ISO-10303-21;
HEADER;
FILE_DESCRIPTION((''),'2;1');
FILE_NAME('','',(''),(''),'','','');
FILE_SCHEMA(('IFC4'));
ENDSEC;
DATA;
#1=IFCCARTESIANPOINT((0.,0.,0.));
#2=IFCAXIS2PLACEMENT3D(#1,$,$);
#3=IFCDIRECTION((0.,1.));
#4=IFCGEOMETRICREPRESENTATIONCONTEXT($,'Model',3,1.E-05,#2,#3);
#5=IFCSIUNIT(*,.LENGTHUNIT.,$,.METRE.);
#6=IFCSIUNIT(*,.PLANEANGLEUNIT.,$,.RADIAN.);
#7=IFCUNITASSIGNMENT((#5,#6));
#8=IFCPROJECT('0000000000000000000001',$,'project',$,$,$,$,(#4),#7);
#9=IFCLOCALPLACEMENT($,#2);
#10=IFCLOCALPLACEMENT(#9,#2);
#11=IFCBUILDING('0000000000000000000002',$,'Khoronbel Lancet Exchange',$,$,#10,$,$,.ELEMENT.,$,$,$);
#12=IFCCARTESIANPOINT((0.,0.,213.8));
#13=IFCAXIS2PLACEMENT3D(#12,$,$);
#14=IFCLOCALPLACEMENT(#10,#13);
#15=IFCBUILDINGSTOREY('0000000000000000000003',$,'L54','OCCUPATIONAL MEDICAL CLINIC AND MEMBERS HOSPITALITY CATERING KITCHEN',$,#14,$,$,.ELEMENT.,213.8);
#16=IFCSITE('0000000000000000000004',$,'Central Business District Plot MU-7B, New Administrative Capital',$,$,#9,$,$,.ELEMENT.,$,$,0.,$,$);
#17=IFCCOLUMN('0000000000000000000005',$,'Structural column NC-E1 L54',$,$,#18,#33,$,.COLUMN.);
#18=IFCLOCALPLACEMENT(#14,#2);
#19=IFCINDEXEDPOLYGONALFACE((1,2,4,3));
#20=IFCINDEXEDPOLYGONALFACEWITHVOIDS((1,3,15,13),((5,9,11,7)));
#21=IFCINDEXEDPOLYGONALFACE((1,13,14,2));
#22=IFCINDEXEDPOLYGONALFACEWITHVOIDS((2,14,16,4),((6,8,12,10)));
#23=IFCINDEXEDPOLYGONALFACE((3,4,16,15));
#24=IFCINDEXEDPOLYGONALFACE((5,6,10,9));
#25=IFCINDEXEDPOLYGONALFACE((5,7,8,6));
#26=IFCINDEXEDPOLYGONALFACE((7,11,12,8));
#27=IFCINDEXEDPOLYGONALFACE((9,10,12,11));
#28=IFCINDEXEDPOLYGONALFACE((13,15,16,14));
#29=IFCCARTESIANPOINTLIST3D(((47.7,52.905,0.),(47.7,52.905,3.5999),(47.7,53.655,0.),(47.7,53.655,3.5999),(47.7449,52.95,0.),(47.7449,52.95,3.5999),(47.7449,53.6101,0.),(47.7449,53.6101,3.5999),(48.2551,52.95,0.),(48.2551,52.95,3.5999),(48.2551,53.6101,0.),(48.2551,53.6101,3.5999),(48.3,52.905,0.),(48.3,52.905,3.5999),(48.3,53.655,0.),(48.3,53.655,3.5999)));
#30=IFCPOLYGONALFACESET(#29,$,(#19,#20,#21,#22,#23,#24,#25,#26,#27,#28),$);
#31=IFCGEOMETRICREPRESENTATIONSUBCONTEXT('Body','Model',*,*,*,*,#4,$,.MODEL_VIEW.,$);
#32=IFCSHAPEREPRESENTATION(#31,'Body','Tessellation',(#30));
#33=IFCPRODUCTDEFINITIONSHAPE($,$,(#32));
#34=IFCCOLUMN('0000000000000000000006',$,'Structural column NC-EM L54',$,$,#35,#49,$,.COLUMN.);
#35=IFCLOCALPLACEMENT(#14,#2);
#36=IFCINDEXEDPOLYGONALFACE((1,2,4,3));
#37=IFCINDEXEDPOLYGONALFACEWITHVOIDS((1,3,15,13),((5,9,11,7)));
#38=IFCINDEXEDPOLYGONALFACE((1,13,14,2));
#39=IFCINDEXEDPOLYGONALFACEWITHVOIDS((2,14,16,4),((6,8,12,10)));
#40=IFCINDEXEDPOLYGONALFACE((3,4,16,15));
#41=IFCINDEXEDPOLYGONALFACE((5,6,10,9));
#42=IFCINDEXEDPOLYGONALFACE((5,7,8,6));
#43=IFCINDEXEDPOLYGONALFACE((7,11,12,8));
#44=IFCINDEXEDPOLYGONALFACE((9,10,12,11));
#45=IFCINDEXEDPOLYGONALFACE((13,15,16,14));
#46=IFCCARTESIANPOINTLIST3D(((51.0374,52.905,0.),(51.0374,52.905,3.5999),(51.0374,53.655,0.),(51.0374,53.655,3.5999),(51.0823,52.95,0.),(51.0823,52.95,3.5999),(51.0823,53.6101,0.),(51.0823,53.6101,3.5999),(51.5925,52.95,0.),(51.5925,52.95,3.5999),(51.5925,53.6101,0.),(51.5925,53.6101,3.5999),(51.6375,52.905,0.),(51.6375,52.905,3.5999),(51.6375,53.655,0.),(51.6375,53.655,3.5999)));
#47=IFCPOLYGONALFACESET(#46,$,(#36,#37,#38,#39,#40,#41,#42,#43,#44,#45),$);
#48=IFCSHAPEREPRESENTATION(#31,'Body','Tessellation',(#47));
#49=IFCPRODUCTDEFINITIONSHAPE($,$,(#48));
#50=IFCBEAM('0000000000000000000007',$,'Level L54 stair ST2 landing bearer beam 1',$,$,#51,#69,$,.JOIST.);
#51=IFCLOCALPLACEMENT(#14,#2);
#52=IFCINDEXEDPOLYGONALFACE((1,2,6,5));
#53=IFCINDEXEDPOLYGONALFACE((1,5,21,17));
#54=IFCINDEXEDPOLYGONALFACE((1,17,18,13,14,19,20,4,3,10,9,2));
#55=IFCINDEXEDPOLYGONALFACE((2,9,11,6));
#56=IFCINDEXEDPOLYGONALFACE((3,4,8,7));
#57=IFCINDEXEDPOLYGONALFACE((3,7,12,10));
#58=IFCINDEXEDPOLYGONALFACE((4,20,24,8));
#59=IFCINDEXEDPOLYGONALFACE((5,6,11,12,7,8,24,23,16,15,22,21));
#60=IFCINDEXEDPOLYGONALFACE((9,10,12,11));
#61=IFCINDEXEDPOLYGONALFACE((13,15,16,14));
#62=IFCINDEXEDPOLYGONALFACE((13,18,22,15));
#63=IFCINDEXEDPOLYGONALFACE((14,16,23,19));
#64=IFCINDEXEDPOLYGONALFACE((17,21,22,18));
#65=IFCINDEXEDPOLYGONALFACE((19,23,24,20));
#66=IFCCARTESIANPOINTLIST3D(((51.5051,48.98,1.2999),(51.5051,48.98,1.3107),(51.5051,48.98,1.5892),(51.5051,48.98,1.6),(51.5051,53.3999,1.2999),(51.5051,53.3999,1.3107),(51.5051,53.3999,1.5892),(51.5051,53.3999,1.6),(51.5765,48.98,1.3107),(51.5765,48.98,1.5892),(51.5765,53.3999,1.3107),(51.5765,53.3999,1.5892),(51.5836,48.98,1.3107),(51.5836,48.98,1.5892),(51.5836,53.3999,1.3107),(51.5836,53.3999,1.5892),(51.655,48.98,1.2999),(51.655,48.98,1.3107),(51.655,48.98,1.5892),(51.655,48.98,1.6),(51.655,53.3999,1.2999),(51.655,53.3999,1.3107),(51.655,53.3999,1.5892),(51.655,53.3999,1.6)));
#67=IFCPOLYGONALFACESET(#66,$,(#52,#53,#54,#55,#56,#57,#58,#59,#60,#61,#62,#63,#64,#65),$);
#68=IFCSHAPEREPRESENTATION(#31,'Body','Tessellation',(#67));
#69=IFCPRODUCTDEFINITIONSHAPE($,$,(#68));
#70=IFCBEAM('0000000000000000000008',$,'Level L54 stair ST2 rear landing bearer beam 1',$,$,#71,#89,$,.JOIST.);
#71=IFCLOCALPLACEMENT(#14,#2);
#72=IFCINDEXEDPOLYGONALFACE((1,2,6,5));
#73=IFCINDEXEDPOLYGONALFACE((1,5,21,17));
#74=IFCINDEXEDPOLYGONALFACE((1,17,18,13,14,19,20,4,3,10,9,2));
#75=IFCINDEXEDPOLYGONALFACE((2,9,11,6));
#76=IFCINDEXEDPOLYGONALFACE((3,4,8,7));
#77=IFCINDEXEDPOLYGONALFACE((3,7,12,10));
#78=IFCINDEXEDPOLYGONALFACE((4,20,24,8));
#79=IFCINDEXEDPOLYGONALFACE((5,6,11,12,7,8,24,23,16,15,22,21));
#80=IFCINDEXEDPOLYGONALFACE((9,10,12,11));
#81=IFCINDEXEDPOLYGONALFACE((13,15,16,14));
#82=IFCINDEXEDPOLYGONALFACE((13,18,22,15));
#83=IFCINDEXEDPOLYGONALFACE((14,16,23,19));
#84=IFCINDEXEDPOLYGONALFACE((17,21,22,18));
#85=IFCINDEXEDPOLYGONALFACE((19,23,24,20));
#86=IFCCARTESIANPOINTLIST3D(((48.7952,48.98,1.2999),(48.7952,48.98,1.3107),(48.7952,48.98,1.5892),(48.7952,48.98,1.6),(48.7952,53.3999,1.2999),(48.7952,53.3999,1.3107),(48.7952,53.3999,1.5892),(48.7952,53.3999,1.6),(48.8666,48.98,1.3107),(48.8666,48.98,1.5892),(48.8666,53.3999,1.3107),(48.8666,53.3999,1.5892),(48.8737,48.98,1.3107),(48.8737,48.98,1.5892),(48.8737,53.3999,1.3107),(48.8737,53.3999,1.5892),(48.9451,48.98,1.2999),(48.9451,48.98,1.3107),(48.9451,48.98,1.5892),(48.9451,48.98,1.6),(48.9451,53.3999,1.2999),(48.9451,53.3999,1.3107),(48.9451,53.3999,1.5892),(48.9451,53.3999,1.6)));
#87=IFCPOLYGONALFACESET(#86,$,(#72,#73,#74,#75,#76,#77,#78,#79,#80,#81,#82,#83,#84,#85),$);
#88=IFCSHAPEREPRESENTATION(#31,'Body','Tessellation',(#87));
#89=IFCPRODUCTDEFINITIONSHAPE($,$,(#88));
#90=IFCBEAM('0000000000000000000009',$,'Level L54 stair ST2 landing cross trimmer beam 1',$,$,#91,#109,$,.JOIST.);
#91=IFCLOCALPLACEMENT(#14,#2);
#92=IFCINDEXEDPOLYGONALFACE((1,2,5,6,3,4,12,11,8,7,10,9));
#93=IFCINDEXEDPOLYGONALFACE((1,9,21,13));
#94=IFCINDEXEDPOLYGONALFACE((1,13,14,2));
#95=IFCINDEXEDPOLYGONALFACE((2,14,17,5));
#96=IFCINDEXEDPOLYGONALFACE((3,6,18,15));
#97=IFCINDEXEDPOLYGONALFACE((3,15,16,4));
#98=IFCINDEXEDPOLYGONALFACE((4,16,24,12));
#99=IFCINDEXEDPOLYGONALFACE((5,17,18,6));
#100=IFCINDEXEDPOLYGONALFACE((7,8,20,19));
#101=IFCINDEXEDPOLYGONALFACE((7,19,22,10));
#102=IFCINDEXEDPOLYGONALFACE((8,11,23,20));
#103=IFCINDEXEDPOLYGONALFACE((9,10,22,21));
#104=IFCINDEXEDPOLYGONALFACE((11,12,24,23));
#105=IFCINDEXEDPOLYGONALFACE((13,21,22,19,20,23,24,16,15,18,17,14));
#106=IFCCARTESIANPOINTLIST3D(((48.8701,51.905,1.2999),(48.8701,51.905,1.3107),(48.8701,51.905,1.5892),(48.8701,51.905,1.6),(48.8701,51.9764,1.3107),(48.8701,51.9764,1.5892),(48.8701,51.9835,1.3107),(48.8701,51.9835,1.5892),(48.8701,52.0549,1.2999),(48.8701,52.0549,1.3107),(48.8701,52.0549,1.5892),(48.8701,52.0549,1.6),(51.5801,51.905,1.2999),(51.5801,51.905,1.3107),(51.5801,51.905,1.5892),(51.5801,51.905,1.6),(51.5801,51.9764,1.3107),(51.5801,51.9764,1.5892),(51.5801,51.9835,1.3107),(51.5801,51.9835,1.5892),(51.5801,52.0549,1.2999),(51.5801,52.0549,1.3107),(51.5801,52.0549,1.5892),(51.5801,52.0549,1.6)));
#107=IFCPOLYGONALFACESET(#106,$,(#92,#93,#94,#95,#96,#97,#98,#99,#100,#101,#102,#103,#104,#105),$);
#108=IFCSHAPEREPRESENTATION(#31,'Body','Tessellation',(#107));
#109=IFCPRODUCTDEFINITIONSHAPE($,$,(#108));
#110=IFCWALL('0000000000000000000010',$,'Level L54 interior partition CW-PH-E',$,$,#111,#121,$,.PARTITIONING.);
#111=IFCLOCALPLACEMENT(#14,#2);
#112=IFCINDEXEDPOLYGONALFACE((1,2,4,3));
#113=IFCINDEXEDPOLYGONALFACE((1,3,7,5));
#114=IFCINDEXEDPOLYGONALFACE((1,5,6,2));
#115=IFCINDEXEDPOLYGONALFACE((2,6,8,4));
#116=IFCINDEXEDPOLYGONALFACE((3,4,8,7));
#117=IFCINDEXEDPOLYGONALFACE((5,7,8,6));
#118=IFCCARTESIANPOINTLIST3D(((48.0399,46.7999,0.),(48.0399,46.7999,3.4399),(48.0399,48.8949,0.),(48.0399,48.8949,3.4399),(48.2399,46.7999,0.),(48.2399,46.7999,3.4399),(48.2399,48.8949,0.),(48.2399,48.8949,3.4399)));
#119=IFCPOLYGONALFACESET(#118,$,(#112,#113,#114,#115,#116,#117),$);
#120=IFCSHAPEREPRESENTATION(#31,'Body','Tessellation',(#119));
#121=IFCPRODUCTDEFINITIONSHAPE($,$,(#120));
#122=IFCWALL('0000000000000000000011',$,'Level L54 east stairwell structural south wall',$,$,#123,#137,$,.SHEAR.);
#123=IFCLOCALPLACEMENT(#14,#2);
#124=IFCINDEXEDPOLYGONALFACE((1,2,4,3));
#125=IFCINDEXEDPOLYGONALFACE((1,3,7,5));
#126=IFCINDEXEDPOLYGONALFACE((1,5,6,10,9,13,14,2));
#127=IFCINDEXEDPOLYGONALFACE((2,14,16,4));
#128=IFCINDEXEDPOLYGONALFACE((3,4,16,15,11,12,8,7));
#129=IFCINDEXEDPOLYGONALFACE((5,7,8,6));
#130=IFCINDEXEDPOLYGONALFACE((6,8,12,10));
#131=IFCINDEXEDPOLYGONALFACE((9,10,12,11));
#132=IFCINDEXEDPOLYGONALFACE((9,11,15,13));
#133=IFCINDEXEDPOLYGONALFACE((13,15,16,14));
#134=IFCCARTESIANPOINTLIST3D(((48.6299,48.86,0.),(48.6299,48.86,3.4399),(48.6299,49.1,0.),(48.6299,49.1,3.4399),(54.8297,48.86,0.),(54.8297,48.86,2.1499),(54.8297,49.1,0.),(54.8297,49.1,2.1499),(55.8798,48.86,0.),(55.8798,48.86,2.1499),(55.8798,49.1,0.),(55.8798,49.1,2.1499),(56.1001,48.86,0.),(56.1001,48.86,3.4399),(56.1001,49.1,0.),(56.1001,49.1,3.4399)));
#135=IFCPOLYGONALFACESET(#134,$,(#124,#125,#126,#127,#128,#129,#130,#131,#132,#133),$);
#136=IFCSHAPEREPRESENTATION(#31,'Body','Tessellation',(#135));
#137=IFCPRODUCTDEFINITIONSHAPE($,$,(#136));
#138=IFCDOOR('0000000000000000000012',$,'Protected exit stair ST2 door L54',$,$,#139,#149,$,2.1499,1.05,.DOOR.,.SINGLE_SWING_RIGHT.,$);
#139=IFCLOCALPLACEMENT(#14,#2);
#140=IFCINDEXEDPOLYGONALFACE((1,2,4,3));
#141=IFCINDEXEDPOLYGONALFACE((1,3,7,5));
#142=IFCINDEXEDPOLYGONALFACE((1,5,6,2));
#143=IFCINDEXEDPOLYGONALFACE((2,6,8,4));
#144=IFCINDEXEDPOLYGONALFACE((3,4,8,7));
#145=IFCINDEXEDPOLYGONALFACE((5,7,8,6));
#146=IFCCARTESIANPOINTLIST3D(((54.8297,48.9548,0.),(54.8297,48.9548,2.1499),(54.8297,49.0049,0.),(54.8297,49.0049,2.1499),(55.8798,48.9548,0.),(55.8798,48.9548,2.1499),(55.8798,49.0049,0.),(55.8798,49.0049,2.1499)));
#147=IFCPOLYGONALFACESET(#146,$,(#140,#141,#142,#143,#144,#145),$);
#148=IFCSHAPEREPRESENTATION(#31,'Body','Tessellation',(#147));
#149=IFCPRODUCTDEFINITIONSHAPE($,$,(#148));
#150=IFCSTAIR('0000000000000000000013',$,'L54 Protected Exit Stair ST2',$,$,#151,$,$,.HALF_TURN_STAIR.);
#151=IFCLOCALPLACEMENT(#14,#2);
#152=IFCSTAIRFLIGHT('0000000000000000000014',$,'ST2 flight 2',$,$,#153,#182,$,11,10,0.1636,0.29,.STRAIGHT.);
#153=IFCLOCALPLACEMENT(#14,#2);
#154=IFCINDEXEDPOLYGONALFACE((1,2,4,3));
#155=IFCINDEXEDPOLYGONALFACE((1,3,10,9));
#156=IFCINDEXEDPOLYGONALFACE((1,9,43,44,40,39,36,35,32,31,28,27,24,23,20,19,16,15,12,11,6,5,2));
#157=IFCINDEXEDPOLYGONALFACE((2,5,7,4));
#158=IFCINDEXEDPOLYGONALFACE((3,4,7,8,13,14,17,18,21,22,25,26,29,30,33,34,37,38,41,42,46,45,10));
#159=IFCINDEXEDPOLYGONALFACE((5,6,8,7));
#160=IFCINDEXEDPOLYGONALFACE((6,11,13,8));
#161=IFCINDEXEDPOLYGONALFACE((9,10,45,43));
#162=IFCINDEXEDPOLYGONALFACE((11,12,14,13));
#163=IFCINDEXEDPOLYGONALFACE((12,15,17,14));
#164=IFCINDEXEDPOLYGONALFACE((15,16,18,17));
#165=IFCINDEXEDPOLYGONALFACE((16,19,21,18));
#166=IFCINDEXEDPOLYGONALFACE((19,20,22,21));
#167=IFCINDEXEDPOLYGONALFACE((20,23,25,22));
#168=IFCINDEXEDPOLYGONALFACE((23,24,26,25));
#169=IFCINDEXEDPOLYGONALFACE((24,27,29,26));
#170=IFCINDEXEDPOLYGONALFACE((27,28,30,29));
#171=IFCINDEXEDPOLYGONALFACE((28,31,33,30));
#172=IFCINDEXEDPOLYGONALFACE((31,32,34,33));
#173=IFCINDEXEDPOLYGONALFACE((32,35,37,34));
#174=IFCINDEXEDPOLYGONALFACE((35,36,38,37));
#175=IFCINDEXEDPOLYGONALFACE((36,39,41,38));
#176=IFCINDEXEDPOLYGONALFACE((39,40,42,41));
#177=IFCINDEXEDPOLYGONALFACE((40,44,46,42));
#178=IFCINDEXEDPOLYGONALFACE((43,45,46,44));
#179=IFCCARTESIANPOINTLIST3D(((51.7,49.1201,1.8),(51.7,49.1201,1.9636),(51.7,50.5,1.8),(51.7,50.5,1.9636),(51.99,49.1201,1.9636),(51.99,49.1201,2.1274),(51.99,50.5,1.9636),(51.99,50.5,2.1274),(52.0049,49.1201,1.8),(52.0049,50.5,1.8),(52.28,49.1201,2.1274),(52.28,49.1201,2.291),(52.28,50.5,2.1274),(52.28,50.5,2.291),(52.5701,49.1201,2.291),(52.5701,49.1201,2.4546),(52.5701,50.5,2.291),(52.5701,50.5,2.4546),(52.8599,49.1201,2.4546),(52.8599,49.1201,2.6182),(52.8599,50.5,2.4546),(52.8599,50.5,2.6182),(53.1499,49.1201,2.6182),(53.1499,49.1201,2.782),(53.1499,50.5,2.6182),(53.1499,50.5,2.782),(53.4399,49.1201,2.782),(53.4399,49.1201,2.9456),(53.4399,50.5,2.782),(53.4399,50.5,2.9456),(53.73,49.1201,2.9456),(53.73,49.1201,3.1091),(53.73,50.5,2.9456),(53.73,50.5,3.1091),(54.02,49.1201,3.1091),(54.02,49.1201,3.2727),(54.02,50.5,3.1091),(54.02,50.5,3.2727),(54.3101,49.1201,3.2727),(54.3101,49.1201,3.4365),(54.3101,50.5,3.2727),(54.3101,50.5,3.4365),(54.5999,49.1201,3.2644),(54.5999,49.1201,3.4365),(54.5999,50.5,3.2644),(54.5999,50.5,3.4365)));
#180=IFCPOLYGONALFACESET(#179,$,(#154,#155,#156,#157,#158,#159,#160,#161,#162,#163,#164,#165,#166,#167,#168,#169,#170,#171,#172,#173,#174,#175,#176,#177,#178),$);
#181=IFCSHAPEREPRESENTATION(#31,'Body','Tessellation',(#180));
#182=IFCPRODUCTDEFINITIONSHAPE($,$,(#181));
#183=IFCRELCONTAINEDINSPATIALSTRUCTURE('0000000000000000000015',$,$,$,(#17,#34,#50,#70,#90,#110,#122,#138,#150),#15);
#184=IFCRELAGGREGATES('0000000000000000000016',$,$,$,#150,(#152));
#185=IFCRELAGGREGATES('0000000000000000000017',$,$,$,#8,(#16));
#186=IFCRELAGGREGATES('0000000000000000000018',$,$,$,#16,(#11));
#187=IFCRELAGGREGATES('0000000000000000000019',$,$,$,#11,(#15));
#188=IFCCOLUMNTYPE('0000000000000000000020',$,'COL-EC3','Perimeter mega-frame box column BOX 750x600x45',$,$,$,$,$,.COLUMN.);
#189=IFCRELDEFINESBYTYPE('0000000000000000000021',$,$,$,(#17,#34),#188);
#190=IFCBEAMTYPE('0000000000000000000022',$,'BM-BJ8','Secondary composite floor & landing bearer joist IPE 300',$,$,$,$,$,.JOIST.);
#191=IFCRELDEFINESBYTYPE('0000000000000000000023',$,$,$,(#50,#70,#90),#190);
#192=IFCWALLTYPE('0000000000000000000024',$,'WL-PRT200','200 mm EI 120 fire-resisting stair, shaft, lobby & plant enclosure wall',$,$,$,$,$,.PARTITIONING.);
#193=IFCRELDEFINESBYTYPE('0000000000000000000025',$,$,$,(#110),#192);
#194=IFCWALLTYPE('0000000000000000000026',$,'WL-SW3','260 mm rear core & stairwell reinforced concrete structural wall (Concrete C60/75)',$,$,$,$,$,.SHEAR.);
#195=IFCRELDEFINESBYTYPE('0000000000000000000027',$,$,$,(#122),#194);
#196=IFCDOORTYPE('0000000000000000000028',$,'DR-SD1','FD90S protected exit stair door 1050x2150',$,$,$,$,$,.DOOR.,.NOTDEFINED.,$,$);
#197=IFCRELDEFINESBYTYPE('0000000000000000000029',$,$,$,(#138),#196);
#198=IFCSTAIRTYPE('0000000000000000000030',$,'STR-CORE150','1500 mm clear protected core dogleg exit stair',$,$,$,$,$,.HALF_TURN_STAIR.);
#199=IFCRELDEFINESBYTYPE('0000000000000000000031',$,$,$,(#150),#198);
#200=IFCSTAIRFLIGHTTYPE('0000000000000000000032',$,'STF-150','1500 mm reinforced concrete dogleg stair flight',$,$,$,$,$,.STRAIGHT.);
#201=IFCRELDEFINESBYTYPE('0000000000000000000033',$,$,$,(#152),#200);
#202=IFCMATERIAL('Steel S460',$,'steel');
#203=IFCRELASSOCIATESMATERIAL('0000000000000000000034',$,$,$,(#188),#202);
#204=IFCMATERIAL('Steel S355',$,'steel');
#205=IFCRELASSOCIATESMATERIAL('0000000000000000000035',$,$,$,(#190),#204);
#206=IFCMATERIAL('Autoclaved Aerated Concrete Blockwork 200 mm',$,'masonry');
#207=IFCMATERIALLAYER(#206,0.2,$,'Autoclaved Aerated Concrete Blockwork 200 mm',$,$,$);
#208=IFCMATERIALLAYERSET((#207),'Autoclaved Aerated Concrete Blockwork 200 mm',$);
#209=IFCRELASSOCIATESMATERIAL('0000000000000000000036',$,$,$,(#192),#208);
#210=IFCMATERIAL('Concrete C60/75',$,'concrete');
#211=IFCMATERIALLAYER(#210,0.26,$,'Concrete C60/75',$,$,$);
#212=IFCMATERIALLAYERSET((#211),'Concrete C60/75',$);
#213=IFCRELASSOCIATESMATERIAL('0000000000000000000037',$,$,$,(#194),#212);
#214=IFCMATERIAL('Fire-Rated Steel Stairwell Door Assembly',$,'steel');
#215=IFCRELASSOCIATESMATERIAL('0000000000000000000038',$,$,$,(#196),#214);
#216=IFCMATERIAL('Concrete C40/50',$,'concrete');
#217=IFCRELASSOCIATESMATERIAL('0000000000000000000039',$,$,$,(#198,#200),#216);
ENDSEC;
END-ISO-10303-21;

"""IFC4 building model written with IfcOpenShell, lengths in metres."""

from ifc_helpers import new_model, si_unit, direction, frame, frame_2d, origin, origin_2d, place, context, subcontext, project, spatial, polyline, rectangle, hollow_rectangle, i_section, outline, extrude, material, layer, layer_set, material_profile, profile_set, type_object, element, fill, aggregate, save


model = new_model("IFC4")

# Units and contexts
model_context = context("Model", 3, precision=1e-05, world=origin(), true_north=direction((0.0, 1.0)))
body_context = subcontext(model_context, "Body", "Model", "MODEL_VIEW")
ifc_project = project(units=[si_unit("LENGTHUNIT", "METRE"), si_unit("PLANEANGLEUNIT", "RADIAN")], contexts=[model_context])

# Site, building, storey
site_placement = place(None, origin())
site = spatial("IfcSite", under=ifc_project, at=site_placement, Name="Central Business District Plot MU-7B, New Administrative Capital", CompositionType="ELEMENT", RefElevation=0.0)
building_placement = place(site_placement, origin())
building = spatial("IfcBuilding", under=site, at=building_placement, Name="Khoronbel Lancet Exchange", CompositionType="ELEMENT")
storey_placement = place(building_placement, frame((0.0, 0.0, 213.8)))
storey = spatial("IfcBuildingStorey", under=building, at=storey_placement, Name="L54", Description="OCCUPATIONAL MEDICAL CLINIC AND MEMBERS HOSPITALITY CATERING KITCHEN", CompositionType="ELEMENT", Elevation=213.8)

# Columns
ifc_material_1 = material(Name="Steel S460", Category="steel")
ifc_material_profile_1 = material_profile(ifc_material_1, hollow_rectangle(XDim=0.6001, YDim=0.75, WallThickness=0.0449, at=origin_2d()), Name="BOX 750x600x45")
ifc_profile_set_1 = profile_set([ifc_material_profile_1], Name="Steel S460")
column_type = type_object("IfcColumnType", Name="COL-EC3", Description="Perimeter mega-frame box column BOX 750x600x45", PredefinedType="COLUMN", material=ifc_profile_set_1)
for number, where, z_axis, x_axis, name in (
    (1, (48.0, 53.28, 0.0), (0.0, 0.0, 1.0), (1.0, 0.0, 0.0), "Structural column NC-E1 L54"),
    (2, (51.3374, 53.28, 0.0), (0.0, 0.0, 1.0), (1.0, 0.0, 0.0), "Structural column NC-EM L54"),
):
    element("IfcColumn", number, at=place(storey_placement, frame(where, z_axis=z_axis, x_axis=x_axis)), inside=storey, type_object=column_type, Name=name, PredefinedType="COLUMN", context=body_context, shape_type="SweptSolid", body=[
        extrude(hollow_rectangle(XDim=0.6001, YDim=0.75, WallThickness=0.0449, at=origin_2d()), origin(), (0.0, 0.0, 1.0), 3.5999),
    ])

# Beams
ifc_material_2 = material(Name="Steel S355", Category="steel")
ifc_material_profile_2 = material_profile(ifc_material_2, i_section(OverallWidth=0.1499, OverallDepth=0.3, WebThickness=0.0071, FlangeThickness=0.0107, at=origin_2d()), Name="IPE 300")
ifc_profile_set_2 = profile_set([ifc_material_profile_2], Name="Steel S355")
beam_type = type_object("IfcBeamType", Name="BM-BJ8", Description="Secondary composite floor & landing bearer joist IPE 300", PredefinedType="JOIST", material=ifc_profile_set_2)
for number, where, z_axis, x_axis, name in (
    (3, (51.5801, 48.98, 1.45), (0.0, 1.0, 0.0), (-1.0, 0.0, 0.0), "Level L54 stair ST2 landing bearer beam 1"),
    (4, (48.8701, 48.98, 1.45), (0.0, 1.0, 0.0), (-1.0, 0.0, 0.0), "Level L54 stair ST2 rear landing bearer beam 1"),
):
    element("IfcBeam", number, at=place(storey_placement, frame(where, z_axis=z_axis, x_axis=x_axis)), inside=storey, type_object=beam_type, Name=name, PredefinedType="JOIST", context=body_context, shape_type="SweptSolid", body=[
        extrude(i_section(OverallWidth=0.1499, OverallDepth=0.3, WebThickness=0.0071, FlangeThickness=0.0107, at=origin_2d()), origin(), (0.0, 0.0, 1.0), 4.4199),
    ])
beam_placement = place(storey_placement, frame((48.8701, 51.98, 1.45), z_axis=(1.0, 0.0, 0.0), x_axis=(0.0, 1.0, 0.0)))
element("IfcBeam", 5, at=beam_placement, inside=storey, type_object=beam_type, Name="Level L54 stair ST2 landing cross trimmer beam 1", PredefinedType="JOIST", context=body_context, shape_type="SweptSolid", body=[
    extrude(i_section(OverallWidth=0.1499, OverallDepth=0.3, WebThickness=0.0071, FlangeThickness=0.0107, at=origin_2d()), origin(), (0.0, 0.0, 1.0), 2.71),
])

# Wall
ifc_material_3 = material(Name="Autoclaved Aerated Concrete Blockwork 200 mm", Category="masonry")
ifc_layer_1 = layer(ifc_material_3, 0.2, Name="Autoclaved Aerated Concrete Blockwork 200 mm")
ifc_layer_set_1 = layer_set([ifc_layer_1], Name="Autoclaved Aerated Concrete Blockwork 200 mm")
wall_type_1 = type_object("IfcWallType", Name="WL-PRT200", Description="200 mm EI 120 fire-resisting stair, shaft, lobby & plant enclosure wall", PredefinedType="PARTITIONING", material=ifc_layer_set_1)
wall_1_placement = place(storey_placement, frame((48.1399, 46.8, 0.0), z_axis=(0.0, 0.0, 1.0), x_axis=(0.0, 1.0, 0.0)))
element("IfcWall", 6, at=wall_1_placement, inside=storey, type_object=wall_type_1, Name="Level L54 interior partition CW-PH-E", PredefinedType="PARTITIONING", context=body_context, shape_type="SweptSolid", body=[
    extrude(rectangle(XDim=2.095, YDim=0.2, at=frame_2d((1.0474, 0.0))), origin(), (0.0, 0.0, 1.0), 3.4399),
])

# Wall, opening, door
ifc_material_4 = material(Name="Concrete C60/75", Category="concrete")
ifc_layer_2 = layer(ifc_material_4, 0.26, Name="Concrete C60/75")
ifc_layer_set_2 = layer_set([ifc_layer_2], Name="Concrete C60/75")
wall_type_2 = type_object("IfcWallType", Name="WL-SW3", Description="260 mm rear core & stairwell reinforced concrete structural wall (Concrete C60/75)", PredefinedType="SHEAR", material=ifc_layer_set_2)
wall_2_placement = place(storey_placement, frame((48.6299, 48.98, 0.0), z_axis=(0.0, 0.0, 1.0), x_axis=(1.0, 0.0, 0.0)))
wall_2 = element("IfcWall", 7, at=wall_2_placement, inside=storey, type_object=wall_type_2, Name="Level L54 east stairwell structural south wall", PredefinedType="SHEAR", context=body_context, shape_type="SweptSolid", body=[
    extrude(rectangle(XDim=7.4702, YDim=0.24, at=frame_2d((3.7351, 0.0))), origin(), (0.0, 0.0, 1.0), 3.4399),
])
opening_placement = place(wall_2_placement, frame((6.2, 0.0, 0.0)))
opening = element("IfcOpeningElement", 8, at=opening_placement, cuts=wall_2, PredefinedType="OPENING", context=body_context, shape_type="SweptSolid", body=[
    extrude(rectangle(XDim=1.05, YDim=2.1499, at=frame_2d((0.5249, 1.075))), frame((0.0, 0.1299, 0.0), z_axis=(0.0, -1.0, 0.0), x_axis=(1.0, 0.0, 0.0)), (0.0, 0.0, 1.0), 0.26),
])
ifc_material_5 = material(Name="Fire-Rated Steel Stairwell Door Assembly", Category="steel")
door_type = type_object("IfcDoorType", Name="DR-SD1", Description="FD90S protected exit stair door 1050x2150", OperationType="NOTDEFINED", PredefinedType="DOOR", material=ifc_material_5)
door_placement = place(opening_placement, origin())
door = element("IfcDoor", 9, at=door_placement, inside=storey, type_object=door_type, Name="Protected exit stair ST2 door L54", OperationType="SINGLE_SWING_RIGHT", OverallHeight=2.1499, OverallWidth=1.05, PredefinedType="DOOR", context=body_context, shape_type="SweptSolid", body=[
    extrude(rectangle(XDim=1.05, YDim=2.1499, at=frame_2d((0.5249, 1.075))), frame((0.0, 0.0249, 0.0), z_axis=(0.0, -1.0, 0.0), x_axis=(1.0, 0.0, 0.0)), (0.0, 0.0, 1.0), 0.05),
])
fill(opening, door)

# Stair, stair flight
ifc_material_6 = material(Name="Concrete C40/50", Category="concrete")
stair_type = type_object("IfcStairType", Name="STR-CORE150", Description="1500 mm clear protected core dogleg exit stair", PredefinedType="HALF_TURN_STAIR", material=ifc_material_6)
stair_placement = place(storey_placement, origin())
stair = element("IfcStair", 10, at=stair_placement, inside=storey, type_object=stair_type, Name="L54 Protected Exit Stair ST2", PredefinedType="HALF_TURN_STAIR")
stair_flight_type = type_object("IfcStairFlightType", Name="STF-150", Description="1500 mm reinforced concrete dogleg stair flight", PredefinedType="STRAIGHT", material=ifc_material_6)
stair_flight_placement = place(storey_placement, frame((51.7, 49.8101, 1.8), z_axis=(0.0, 0.0, 1.0), x_axis=(1.0, 0.0, 0.0)))
stair_flight = element("IfcStairFlight", 11, at=stair_flight_placement, type_object=stair_flight_type, Name="ST2 flight 2", NumberOfRisers=11, NumberOfTreads=10, PredefinedType="STRAIGHT", RiserHeight=0.1636, TreadLength=0.29, context=body_context, shape_type="SweptSolid", body=[
    extrude(outline(polyline([(0.0, 0.0), (0.0, 0.1636), (0.29, 0.1636), (0.29, 0.3274), (0.5801, 0.3274), (0.5801, 0.491), (0.8701, 0.491), (0.8701, 0.6545), (1.1599, 0.6545), (1.1599, 0.8181), (1.45, 0.8181), (1.45, 0.9819), (1.74, 0.9819), (1.74, 1.1455), (2.03, 1.1455), (2.03, 1.3091), (2.3201, 1.3091), (2.3201, 1.4727), (2.6101, 1.4727), (2.6101, 1.6365), (2.8999, 1.6365), (2.8999, 1.8), (2.8999, 1.4644), (0.3049, 0.0), (0.0, 0.0)])), frame((0.0, 0.6899, 0.0), z_axis=(0.0, -1.0, 0.0), x_axis=(1.0, 0.0, 0.0)), (0.0, 0.0, 1.0), 1.3799),
])
aggregate(stair, [stair_flight])

save(model, "model.ifc")
